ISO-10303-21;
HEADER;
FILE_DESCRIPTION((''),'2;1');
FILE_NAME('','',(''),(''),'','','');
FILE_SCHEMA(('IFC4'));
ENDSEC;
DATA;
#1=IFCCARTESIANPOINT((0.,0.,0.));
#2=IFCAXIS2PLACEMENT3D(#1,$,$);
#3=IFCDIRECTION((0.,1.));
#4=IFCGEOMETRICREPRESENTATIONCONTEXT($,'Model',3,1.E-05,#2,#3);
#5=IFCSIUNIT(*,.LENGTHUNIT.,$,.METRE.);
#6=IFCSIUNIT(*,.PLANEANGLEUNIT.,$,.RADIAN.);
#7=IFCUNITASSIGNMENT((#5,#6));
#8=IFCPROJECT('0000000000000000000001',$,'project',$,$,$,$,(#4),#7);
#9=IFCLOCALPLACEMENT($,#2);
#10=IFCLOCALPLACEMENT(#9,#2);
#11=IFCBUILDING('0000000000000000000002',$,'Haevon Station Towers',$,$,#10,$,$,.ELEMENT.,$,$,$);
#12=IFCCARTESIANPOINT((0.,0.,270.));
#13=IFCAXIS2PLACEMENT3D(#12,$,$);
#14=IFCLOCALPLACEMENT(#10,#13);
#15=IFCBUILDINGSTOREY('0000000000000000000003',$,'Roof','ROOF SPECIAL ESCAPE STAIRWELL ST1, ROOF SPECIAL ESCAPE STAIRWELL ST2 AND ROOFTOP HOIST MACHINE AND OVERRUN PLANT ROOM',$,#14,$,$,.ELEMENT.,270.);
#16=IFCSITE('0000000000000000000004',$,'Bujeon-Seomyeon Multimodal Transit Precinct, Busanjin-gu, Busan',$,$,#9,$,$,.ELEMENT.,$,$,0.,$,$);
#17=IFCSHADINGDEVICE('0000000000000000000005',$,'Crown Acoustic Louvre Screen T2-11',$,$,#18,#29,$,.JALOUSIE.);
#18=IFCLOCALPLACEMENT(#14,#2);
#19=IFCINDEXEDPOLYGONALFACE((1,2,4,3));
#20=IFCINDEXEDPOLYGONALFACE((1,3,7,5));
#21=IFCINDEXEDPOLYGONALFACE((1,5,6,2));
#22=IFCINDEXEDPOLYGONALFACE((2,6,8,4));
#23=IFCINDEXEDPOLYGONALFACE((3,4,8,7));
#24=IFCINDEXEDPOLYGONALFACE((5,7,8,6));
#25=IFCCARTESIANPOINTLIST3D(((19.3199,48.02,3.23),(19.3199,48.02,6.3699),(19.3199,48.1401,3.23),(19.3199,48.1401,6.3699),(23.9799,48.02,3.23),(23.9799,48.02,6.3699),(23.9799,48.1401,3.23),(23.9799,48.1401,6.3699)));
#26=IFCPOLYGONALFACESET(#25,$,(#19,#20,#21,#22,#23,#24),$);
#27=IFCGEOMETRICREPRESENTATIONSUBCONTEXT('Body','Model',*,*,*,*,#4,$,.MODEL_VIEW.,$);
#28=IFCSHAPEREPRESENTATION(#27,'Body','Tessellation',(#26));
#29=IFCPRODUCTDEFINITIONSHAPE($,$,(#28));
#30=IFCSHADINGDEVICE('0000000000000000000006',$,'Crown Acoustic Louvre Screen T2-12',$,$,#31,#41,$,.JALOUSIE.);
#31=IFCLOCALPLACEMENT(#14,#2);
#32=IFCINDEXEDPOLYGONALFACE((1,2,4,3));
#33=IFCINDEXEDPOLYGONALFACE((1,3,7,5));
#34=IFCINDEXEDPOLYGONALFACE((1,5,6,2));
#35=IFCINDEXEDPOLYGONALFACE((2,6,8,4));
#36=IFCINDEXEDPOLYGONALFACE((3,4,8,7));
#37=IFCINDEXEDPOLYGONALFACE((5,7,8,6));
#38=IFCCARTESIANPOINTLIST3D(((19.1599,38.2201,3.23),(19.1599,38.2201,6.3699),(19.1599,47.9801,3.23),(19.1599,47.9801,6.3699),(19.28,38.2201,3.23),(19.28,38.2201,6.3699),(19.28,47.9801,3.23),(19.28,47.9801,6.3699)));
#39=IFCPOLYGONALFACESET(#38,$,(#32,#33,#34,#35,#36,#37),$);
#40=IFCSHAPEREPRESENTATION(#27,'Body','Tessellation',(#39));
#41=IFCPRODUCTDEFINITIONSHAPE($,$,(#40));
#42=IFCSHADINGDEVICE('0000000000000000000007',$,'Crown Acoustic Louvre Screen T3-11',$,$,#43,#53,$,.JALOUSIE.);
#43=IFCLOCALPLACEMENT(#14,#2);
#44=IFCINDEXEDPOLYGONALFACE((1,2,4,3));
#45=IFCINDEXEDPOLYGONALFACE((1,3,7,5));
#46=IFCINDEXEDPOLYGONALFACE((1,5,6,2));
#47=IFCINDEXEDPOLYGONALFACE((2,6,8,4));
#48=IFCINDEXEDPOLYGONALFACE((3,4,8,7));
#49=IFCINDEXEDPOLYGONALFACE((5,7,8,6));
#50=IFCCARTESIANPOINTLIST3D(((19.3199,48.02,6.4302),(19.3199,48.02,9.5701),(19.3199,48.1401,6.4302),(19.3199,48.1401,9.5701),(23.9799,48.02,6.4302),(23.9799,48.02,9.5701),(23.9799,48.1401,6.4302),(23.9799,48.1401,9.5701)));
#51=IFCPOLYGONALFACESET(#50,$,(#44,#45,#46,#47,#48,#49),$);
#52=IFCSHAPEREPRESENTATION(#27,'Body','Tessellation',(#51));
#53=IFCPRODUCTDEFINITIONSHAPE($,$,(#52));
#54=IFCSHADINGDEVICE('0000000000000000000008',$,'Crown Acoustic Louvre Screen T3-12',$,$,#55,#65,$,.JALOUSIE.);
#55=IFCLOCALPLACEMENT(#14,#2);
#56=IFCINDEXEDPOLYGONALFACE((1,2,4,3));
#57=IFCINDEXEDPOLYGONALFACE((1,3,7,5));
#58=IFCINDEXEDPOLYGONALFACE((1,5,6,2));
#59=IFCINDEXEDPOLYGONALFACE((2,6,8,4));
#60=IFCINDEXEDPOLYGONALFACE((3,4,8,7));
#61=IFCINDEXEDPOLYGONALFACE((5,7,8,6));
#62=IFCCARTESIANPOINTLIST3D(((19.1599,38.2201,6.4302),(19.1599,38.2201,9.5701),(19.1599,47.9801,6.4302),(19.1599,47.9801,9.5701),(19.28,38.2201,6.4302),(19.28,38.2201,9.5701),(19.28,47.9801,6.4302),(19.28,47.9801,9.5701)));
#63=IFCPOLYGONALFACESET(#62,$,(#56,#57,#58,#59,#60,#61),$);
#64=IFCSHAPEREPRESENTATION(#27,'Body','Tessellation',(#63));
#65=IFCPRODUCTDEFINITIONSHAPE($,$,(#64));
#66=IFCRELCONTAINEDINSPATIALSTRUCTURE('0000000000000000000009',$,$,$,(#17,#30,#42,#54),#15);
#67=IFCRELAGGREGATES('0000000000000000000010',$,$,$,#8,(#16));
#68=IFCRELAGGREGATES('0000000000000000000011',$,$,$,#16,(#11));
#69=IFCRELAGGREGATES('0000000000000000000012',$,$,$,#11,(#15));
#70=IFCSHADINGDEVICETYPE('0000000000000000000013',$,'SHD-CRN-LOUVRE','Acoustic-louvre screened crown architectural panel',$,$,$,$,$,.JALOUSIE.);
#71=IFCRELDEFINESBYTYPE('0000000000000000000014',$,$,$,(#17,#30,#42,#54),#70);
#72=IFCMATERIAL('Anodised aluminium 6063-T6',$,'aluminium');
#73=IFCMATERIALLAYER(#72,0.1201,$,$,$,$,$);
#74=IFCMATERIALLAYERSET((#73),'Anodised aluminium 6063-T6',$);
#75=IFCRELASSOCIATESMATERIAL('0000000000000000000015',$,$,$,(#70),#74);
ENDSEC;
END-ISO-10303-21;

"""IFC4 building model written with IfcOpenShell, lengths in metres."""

from ifc_helpers import new_model, si_unit, direction, frame, origin, origin_2d, place, context, subcontext, project, spatial, rectangle, extrude, material, layer, layer_set, type_object, element, save


model = new_model("IFC4")

# Units and contexts
model_context = context("Model", 3, precision=1e-05, world=origin(), true_north=direction((0.0, 1.0)))
body_context = subcontext(model_context, "Body", "Model", "MODEL_VIEW")
ifc_project = project(units=[si_unit("LENGTHUNIT", "METRE"), si_unit("PLANEANGLEUNIT", "RADIAN")], contexts=[model_context])

# Site, building, storey
site_placement = place(None, origin())
site = spatial("IfcSite", under=ifc_project, at=site_placement, Name="Bujeon-Seomyeon Multimodal Transit Precinct, Busanjin-gu, Busan", CompositionType="ELEMENT", RefElevation=0.0)
building_placement = place(site_placement, origin())
building = spatial("IfcBuilding", under=site, at=building_placement, Name="Haevon Station Towers", CompositionType="ELEMENT")
storey_placement = place(building_placement, frame((0.0, 0.0, 270.0)))
storey = spatial("IfcBuildingStorey", under=building, at=storey_placement, Name="Roof", Description="ROOF SPECIAL ESCAPE STAIRWELL ST1, ROOF SPECIAL ESCAPE STAIRWELL ST2 AND ROOFTOP HOIST MACHINE AND OVERRUN PLANT ROOM", CompositionType="ELEMENT", Elevation=270.0)

# Shared definitions
ifc_material_1 = material(Name="Anodised aluminium 6063-T6", Category="aluminium")

# Shading devices
ifc_layer_1 = layer(ifc_material_1, 0.1201)
ifc_layer_set_1 = layer_set([ifc_layer_1], Name="Anodised aluminium 6063-T6")
shading_device_type = type_object("IfcShadingDeviceType", Name="SHD-CRN-LOUVRE", Description="Acoustic-louvre screened crown architectural panel", PredefinedType="JALOUSIE", material=ifc_layer_set_1)
shading_device_1_placement = place(storey_placement, frame((21.6499, 48.0801, 3.23), z_axis=(0.0, 0.0, 1.0), x_axis=(-1.0, 0.0, 0.0)))
element("IfcShadingDevice", 1, at=shading_device_1_placement, inside=storey, type_object=shading_device_type, Name="Crown Acoustic Louvre Screen T2-11", PredefinedType="JALOUSIE", context=body_context, shape_type="SweptSolid", body=[
    extrude(rectangle(XDim=4.6599, YDim=0.1201, at=origin_2d()), origin(), (0.0, 0.0, 1.0), 3.1399),
])
shading_device_2_placement = place(storey_placement, frame((19.22, 43.1001, 3.23), z_axis=(0.0, 0.0, 1.0), x_axis=(0.0, -1.0, 0.0)))
element("IfcShadingDevice", 2, at=shading_device_2_placement, inside=storey, type_object=shading_device_type, Name="Crown Acoustic Louvre Screen T2-12", PredefinedType="JALOUSIE", context=body_context, shape_type="SweptSolid", body=[
    extrude(rectangle(XDim=9.76, YDim=0.1201, at=origin_2d()), origin(), (0.0, 0.0, 1.0), 3.1399),
])
shading_device_3_placement = place(storey_placement, frame((21.6499, 48.0801, 6.4302), z_axis=(0.0, 0.0, 1.0), x_axis=(-1.0, 0.0, 0.0)))
element("IfcShadingDevice", 3, at=shading_device_3_placement, inside=storey, type_object=shading_device_type, Name="Crown Acoustic Louvre Screen T3-11", PredefinedType="JALOUSIE", context=body_context, shape_type="SweptSolid", body=[
    extrude(rectangle(XDim=4.6599, YDim=0.1201, at=origin_2d()), origin(), (0.0, 0.0, 1.0), 3.1399),
])
shading_device_4_placement = place(storey_placement, frame((19.22, 43.1001, 6.4302), z_axis=(0.0, 0.0, 1.0), x_axis=(0.0, -1.0, 0.0)))
element("IfcShadingDevice", 4, at=shading_device_4_placement, inside=storey, type_object=shading_device_type, Name="Crown Acoustic Louvre Screen T3-12", PredefinedType="JALOUSIE", context=body_context, shape_type="SweptSolid", body=[
    extrude(rectangle(XDim=9.76, YDim=0.1201, at=origin_2d()), origin(), (0.0, 0.0, 1.0), 3.1399),
])

save(model, "model.ifc")
